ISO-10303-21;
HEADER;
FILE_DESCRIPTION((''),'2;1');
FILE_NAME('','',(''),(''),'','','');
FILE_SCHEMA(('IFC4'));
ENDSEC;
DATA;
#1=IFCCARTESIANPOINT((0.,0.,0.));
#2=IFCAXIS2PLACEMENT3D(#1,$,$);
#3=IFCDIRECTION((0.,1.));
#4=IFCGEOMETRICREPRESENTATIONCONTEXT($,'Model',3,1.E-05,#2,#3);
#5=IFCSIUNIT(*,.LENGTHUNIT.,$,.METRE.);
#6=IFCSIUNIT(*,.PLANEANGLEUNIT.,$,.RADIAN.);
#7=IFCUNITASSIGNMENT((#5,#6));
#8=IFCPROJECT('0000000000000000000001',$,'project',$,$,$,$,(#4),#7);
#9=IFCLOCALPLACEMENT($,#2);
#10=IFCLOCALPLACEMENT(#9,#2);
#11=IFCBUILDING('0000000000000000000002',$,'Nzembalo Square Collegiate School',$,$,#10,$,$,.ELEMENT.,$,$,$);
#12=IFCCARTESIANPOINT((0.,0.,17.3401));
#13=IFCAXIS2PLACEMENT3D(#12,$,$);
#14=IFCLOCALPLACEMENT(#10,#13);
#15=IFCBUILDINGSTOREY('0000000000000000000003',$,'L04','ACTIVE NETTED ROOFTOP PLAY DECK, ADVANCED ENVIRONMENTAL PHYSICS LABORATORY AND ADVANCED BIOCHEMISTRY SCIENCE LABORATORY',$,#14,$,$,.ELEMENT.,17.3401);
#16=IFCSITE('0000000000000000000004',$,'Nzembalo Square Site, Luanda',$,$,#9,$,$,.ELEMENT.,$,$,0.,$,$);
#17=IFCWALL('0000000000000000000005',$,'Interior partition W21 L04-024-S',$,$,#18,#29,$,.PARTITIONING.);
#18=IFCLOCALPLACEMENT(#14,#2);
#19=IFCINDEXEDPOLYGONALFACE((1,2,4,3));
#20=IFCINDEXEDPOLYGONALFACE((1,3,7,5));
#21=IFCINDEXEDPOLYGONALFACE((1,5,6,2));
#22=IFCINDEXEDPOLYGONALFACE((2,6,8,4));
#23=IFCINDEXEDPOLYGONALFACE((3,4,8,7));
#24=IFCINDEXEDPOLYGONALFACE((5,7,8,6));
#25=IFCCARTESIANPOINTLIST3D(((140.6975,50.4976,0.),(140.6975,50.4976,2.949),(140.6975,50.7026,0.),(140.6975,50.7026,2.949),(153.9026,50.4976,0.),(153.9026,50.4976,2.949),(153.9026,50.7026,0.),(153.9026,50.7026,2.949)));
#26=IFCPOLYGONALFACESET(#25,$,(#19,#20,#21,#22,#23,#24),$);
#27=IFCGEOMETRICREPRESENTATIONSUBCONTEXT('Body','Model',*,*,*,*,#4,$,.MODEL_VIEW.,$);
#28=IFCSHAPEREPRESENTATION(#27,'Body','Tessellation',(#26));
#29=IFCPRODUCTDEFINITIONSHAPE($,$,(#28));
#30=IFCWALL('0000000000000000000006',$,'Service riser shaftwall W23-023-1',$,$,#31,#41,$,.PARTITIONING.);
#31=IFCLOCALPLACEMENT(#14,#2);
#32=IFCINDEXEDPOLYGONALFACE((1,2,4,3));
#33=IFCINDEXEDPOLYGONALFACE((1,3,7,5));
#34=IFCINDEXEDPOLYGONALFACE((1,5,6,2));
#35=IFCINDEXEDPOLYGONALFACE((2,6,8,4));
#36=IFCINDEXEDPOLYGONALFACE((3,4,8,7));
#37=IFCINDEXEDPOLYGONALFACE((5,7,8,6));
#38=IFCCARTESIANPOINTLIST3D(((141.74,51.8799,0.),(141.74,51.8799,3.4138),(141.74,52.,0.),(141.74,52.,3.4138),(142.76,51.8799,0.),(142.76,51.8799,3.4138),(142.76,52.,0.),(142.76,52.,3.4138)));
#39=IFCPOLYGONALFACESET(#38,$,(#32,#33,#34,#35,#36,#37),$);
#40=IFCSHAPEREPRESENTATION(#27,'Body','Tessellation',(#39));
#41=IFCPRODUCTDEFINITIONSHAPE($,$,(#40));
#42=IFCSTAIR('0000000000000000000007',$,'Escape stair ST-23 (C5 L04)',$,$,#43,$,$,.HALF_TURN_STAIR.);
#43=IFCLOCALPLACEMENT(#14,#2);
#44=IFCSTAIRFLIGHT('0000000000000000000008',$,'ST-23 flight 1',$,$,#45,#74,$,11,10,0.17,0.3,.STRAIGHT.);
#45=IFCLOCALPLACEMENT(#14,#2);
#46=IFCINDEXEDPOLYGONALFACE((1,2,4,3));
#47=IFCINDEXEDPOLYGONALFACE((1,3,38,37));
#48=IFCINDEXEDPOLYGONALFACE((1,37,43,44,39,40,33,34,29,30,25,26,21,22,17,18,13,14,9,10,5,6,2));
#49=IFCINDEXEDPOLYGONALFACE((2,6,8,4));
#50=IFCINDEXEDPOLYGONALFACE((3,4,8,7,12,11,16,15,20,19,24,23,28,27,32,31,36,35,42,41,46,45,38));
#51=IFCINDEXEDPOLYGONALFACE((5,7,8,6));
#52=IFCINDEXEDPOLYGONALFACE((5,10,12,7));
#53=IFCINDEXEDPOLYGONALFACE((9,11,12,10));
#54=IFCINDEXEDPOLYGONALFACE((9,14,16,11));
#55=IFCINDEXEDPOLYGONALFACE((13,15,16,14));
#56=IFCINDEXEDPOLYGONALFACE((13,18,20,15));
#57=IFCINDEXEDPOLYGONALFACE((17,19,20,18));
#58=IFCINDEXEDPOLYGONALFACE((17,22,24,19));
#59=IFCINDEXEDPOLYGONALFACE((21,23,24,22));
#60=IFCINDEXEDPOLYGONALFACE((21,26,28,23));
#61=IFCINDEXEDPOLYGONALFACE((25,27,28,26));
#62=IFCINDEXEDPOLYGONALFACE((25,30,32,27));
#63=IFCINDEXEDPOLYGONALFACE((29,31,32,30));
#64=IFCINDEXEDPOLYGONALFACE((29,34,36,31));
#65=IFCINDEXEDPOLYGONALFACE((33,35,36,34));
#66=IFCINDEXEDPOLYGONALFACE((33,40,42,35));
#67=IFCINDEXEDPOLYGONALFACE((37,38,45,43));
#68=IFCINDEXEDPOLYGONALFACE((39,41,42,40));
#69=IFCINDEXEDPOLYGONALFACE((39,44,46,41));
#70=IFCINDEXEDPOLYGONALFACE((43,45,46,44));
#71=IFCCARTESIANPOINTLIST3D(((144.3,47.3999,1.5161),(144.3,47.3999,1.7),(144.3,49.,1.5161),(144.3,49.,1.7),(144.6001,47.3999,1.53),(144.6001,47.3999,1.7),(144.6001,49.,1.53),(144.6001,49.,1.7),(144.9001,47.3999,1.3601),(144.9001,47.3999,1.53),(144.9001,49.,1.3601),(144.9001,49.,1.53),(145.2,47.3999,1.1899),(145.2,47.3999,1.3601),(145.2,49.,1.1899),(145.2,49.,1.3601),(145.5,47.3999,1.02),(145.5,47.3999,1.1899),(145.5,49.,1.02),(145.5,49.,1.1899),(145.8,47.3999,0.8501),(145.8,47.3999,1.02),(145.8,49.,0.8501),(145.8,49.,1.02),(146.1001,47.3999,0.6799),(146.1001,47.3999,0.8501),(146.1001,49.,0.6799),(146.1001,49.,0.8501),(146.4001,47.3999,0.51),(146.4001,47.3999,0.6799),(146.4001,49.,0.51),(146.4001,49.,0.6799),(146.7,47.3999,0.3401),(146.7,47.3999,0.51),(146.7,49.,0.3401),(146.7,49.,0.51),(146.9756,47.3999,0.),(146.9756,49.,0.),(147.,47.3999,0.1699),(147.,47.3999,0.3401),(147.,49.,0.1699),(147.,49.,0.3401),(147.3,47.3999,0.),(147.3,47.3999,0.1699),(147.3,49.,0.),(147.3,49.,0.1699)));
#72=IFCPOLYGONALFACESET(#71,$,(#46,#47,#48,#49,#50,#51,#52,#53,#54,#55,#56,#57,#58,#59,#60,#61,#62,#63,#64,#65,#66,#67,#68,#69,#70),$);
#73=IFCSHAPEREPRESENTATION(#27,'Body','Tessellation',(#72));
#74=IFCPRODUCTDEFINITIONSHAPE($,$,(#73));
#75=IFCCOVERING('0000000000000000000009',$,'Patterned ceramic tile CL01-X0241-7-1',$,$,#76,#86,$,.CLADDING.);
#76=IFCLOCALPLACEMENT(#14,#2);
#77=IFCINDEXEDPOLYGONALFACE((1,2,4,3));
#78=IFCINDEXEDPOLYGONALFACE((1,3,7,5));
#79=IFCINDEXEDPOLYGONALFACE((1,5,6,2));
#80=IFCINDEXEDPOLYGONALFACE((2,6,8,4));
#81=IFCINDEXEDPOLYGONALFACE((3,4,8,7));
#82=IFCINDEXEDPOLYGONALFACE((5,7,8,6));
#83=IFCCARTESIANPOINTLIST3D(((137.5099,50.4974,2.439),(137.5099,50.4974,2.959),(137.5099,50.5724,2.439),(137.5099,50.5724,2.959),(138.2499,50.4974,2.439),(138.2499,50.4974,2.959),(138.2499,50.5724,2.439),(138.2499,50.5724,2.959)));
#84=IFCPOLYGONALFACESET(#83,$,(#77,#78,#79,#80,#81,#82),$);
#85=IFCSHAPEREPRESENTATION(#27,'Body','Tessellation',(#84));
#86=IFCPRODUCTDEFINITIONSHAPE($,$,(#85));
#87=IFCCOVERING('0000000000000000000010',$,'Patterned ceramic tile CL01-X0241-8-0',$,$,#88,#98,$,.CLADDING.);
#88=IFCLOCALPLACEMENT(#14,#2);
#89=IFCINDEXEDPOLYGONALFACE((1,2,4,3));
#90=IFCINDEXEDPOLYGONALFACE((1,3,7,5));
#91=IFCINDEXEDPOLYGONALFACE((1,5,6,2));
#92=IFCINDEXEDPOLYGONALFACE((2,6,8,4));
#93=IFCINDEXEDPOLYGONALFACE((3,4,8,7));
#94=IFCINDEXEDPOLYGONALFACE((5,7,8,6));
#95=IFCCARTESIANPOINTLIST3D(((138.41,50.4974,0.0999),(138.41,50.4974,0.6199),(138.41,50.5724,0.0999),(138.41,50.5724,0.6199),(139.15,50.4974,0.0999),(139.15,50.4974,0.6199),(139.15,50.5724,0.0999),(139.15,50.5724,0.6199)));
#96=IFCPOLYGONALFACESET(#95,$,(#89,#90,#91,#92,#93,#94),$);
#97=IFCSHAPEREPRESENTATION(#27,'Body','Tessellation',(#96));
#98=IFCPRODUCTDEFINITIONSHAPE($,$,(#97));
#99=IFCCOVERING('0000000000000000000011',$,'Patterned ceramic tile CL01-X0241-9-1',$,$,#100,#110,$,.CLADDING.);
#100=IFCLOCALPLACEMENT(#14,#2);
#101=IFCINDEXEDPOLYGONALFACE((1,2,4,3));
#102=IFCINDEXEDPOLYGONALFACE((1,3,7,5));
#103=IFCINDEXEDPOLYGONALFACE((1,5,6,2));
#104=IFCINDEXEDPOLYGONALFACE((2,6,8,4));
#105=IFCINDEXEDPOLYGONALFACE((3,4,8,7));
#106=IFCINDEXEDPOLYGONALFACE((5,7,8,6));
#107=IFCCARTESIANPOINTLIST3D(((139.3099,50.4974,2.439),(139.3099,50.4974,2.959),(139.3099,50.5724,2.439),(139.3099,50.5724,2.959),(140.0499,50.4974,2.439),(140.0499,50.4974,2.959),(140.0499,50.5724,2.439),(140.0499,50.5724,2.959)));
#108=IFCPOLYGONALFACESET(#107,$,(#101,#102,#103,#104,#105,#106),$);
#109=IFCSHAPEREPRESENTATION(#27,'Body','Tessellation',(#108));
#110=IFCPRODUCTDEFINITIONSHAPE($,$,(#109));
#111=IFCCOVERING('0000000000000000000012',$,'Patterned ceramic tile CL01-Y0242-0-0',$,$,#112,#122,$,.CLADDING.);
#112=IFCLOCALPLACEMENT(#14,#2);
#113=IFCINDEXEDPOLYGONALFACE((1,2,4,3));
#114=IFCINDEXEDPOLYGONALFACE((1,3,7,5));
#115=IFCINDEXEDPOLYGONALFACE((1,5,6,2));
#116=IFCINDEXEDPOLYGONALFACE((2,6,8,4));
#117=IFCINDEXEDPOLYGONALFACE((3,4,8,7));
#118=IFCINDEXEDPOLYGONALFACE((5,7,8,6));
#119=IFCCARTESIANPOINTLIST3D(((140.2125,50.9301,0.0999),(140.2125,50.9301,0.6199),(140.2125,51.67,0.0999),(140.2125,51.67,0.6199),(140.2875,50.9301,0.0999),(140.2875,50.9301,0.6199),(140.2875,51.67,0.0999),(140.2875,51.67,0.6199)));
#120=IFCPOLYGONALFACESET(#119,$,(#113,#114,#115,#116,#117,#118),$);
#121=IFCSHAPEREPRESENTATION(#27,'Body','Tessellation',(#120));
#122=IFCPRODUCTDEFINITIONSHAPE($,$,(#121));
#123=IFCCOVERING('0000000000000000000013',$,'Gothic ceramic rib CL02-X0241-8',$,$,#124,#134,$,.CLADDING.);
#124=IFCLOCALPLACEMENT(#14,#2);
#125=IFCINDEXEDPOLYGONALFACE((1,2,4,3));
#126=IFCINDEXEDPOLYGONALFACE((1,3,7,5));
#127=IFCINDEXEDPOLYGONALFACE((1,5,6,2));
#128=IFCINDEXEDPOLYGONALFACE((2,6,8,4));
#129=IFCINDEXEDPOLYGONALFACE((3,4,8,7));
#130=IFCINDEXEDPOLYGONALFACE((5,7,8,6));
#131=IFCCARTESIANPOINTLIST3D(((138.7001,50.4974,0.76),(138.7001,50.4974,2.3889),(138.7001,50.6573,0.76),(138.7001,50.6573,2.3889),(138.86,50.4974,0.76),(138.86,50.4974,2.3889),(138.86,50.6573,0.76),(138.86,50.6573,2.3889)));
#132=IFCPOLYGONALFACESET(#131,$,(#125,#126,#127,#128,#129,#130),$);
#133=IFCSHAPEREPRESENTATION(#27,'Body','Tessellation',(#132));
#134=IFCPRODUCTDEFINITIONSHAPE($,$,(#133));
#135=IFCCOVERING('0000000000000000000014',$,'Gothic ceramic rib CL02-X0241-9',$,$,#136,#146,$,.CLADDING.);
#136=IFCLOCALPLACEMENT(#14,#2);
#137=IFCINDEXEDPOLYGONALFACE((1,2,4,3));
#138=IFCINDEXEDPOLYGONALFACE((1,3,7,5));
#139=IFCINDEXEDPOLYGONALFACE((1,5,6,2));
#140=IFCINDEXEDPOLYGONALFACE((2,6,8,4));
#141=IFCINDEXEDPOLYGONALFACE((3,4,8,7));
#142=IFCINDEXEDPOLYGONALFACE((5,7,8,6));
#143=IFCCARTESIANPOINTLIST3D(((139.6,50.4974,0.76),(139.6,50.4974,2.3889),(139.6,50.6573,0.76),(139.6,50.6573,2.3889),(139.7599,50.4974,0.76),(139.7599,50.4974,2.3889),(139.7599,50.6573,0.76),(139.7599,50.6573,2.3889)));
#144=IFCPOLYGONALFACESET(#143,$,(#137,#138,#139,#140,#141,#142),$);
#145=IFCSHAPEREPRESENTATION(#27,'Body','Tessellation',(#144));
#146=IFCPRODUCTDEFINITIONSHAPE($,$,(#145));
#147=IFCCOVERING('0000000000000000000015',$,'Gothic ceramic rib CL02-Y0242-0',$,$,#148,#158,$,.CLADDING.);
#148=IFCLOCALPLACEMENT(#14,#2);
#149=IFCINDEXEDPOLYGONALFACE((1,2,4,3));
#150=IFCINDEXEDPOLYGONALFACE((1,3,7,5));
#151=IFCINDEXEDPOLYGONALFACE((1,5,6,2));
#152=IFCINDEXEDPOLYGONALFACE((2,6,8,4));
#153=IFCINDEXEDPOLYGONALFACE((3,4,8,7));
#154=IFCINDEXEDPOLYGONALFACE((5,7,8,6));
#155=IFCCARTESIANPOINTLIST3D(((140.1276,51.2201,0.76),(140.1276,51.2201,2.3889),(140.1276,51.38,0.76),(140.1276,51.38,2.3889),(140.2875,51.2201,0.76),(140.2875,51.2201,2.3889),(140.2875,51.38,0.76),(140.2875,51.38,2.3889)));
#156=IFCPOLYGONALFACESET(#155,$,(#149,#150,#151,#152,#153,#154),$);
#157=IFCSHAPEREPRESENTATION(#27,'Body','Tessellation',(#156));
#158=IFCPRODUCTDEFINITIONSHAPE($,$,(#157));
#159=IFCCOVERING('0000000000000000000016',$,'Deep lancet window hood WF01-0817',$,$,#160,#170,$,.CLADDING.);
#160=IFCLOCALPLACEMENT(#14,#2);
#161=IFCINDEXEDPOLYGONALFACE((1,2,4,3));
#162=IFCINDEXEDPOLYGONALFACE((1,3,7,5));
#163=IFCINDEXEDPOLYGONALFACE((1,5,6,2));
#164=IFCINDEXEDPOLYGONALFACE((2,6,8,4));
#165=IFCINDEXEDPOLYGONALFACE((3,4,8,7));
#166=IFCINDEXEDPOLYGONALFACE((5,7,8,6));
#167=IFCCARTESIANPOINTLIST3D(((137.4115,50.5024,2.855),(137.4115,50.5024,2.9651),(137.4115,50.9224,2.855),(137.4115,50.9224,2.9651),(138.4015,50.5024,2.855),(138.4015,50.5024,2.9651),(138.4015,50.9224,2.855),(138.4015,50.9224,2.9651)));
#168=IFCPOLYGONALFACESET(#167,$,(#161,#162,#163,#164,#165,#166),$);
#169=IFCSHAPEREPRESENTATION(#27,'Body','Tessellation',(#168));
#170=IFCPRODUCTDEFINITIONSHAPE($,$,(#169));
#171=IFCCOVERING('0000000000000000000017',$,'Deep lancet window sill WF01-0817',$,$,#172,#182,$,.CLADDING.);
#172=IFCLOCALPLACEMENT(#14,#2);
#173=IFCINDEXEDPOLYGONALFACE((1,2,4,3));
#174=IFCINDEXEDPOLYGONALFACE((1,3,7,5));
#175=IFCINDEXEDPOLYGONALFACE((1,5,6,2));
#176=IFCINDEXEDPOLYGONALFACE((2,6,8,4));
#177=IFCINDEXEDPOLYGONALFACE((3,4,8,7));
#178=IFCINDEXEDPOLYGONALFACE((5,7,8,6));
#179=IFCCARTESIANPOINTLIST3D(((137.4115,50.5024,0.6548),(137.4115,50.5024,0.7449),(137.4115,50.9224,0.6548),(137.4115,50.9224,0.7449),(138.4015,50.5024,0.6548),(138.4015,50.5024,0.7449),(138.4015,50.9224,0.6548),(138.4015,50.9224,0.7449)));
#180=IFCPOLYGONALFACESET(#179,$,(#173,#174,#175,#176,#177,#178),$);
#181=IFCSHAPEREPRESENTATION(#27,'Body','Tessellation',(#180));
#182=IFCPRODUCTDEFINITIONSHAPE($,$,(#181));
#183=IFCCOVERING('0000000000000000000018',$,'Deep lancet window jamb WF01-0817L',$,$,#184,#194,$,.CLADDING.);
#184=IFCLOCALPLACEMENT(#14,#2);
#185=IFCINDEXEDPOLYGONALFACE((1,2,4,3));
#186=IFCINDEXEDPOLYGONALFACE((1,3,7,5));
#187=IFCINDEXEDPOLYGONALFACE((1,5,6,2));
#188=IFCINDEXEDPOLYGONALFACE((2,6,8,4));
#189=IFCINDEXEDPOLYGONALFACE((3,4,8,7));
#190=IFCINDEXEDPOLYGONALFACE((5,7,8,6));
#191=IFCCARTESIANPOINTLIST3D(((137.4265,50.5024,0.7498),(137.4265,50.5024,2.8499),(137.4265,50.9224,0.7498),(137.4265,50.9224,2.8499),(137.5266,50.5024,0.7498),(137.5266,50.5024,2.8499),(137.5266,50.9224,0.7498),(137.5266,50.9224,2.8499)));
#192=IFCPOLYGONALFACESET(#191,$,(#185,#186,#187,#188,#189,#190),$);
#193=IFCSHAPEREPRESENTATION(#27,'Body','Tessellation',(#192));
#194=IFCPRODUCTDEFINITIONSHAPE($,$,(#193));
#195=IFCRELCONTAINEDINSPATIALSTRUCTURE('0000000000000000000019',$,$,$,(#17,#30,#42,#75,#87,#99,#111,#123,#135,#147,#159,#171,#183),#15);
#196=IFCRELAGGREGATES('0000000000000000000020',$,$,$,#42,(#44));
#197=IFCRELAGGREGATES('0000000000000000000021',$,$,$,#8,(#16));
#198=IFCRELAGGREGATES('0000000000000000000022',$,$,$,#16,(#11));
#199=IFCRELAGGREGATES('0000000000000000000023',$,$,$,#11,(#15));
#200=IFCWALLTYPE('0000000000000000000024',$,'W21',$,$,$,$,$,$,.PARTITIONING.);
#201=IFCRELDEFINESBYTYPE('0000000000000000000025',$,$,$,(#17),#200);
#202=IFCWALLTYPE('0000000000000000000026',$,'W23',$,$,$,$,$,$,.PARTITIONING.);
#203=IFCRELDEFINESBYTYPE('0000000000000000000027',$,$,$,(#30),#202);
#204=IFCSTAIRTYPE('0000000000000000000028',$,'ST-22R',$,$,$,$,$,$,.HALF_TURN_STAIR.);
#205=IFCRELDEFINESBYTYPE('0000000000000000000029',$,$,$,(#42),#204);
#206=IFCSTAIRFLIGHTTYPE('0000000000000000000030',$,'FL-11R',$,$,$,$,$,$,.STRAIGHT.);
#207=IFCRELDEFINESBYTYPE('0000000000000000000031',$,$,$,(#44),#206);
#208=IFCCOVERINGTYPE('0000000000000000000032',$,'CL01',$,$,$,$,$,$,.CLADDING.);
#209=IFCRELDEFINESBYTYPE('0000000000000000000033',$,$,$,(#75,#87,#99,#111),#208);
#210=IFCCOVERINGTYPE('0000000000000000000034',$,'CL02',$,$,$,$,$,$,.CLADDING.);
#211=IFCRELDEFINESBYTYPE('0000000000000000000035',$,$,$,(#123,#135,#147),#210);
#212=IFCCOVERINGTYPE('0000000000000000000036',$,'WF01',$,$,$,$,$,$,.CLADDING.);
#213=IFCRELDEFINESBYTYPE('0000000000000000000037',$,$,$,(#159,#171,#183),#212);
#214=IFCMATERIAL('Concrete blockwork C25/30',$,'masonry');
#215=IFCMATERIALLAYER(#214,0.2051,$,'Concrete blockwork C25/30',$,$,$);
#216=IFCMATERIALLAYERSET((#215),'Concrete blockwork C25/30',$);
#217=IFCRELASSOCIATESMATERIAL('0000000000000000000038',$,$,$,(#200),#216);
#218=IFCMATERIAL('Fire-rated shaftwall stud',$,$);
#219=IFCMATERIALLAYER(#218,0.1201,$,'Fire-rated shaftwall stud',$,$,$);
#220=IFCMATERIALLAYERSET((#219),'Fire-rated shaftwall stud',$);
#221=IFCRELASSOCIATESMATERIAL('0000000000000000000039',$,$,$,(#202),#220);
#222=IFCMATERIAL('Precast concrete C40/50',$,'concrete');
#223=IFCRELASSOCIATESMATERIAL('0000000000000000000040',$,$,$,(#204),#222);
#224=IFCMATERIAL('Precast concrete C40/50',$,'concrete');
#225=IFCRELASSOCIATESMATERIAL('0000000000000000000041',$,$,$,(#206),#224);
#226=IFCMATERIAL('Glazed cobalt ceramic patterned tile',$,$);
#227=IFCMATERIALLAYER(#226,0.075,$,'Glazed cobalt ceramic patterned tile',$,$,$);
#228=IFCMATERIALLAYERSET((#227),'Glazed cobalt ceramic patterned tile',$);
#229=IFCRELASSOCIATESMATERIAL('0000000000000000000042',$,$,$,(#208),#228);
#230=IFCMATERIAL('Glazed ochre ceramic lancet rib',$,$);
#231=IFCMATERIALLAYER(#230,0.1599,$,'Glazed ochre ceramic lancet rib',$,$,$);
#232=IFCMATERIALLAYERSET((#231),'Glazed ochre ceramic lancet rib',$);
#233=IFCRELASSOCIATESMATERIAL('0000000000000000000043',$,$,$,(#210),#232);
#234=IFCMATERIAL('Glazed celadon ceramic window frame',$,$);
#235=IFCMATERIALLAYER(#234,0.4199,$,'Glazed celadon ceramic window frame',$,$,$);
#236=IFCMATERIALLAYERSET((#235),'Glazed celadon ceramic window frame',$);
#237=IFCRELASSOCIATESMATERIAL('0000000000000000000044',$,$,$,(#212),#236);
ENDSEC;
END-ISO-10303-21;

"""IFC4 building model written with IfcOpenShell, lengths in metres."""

from ifc_helpers import new_model, si_unit, direction, frame, frame_2d, origin, origin_2d, place, context, subcontext, project, spatial, polyline, rectangle, outline, extrude, material, layer, layer_set, type_object, element, aggregate, save


model = new_model("IFC4")

# Units and contexts
model_context = context("Model", 3, precision=1e-05, world=origin(), true_north=direction((0.0, 1.0)))
body_context = subcontext(model_context, "Body", "Model", "MODEL_VIEW")
ifc_project = project(units=[si_unit("LENGTHUNIT", "METRE"), si_unit("PLANEANGLEUNIT", "RADIAN")], contexts=[model_context])

# Site, building, storey
site_placement = place(None, origin())
site = spatial("IfcSite", under=ifc_project, at=site_placement, Name="Nzembalo Square Site, Luanda", CompositionType="ELEMENT", RefElevation=0.0)
building_placement = place(site_placement, origin())
building = spatial("IfcBuilding", under=site, at=building_placement, Name="Nzembalo Square Collegiate School", CompositionType="ELEMENT")
storey_placement = place(building_placement, frame((0.0, 0.0, 17.3401)))
storey = spatial("IfcBuildingStorey", under=building, at=storey_placement, Name="L04", Description="ACTIVE NETTED ROOFTOP PLAY DECK, ADVANCED ENVIRONMENTAL PHYSICS LABORATORY AND ADVANCED BIOCHEMISTRY SCIENCE LABORATORY", CompositionType="ELEMENT", Elevation=17.3401)

# Walls
ifc_material_1 = material(Name="Concrete blockwork C25/30", Category="masonry")
ifc_layer_1 = layer(ifc_material_1, 0.2051, Name="Concrete blockwork C25/30")
ifc_layer_set_1 = layer_set([ifc_layer_1], Name="Concrete blockwork C25/30")
wall_type_1 = type_object("IfcWallType", Name="W21", PredefinedType="PARTITIONING", material=ifc_layer_set_1)
wall_1_placement = place(storey_placement, frame((140.6975, 50.6001, 0.0), z_axis=(0.0, 0.0, 1.0), x_axis=(1.0, 0.0, 0.0)))
element("IfcWall", 1, at=wall_1_placement, inside=storey, type_object=wall_type_1, Name="Interior partition W21 L04-024-S", PredefinedType="PARTITIONING", context=body_context, shape_type="SweptSolid", body=[
    extrude(rectangle(XDim=13.2051, YDim=0.2051, at=frame_2d((6.6025, 0.0))), origin(), (0.0, 0.0, 1.0), 2.949),
])
ifc_material_2 = material(Name="Fire-rated shaftwall stud")
ifc_layer_2 = layer(ifc_material_2, 0.1201, Name="Fire-rated shaftwall stud")
ifc_layer_set_2 = layer_set([ifc_layer_2], Name="Fire-rated shaftwall stud")
wall_type_2 = type_object("IfcWallType", Name="W23", PredefinedType="PARTITIONING", material=ifc_layer_set_2)
wall_2_placement = place(storey_placement, frame((141.74, 51.9399, 0.0), z_axis=(0.0, 0.0, 1.0), x_axis=(1.0, 0.0, 0.0)))
element("IfcWall", 2, at=wall_2_placement, inside=storey, type_object=wall_type_2, Name="Service riser shaftwall W23-023-1", PredefinedType="PARTITIONING", context=body_context, shape_type="SweptSolid", body=[
    extrude(rectangle(XDim=1.02, YDim=0.1201, at=frame_2d((0.51, 0.0))), origin(), (0.0, 0.0, 1.0), 3.4138),
])

# Stair, stair flight
ifc_material_3 = material(Name="Precast concrete C40/50", Category="concrete")
stair_type = type_object("IfcStairType", Name="ST-22R", PredefinedType="HALF_TURN_STAIR", material=ifc_material_3)
stair_placement = place(storey_placement, origin())
stair = element("IfcStair", 3, at=stair_placement, inside=storey, type_object=stair_type, Name="Escape stair ST-23 (C5 L04)", PredefinedType="HALF_TURN_STAIR")
ifc_material_4 = material(Name="Precast concrete C40/50", Category="concrete")
stair_flight_type = type_object("IfcStairFlightType", Name="FL-11R", PredefinedType="STRAIGHT", material=ifc_material_4)
stair_flight_placement = place(storey_placement, frame((147.3, 48.2, 0.0), z_axis=(0.0, 0.0, 1.0), x_axis=(-1.0, 0.0, 0.0)))
stair_flight = element("IfcStairFlight", 4, at=stair_flight_placement, type_object=stair_flight_type, Name="ST-23 flight 1", NumberOfRisers=11, NumberOfTreads=10, PredefinedType="STRAIGHT", RiserHeight=0.17, TreadLength=0.3, context=body_context, shape_type="SweptSolid", body=[
    extrude(outline(polyline([(0.0, 0.0), (0.0, 0.1699), (0.3, 0.1699), (0.3, 0.3401), (0.6001, 0.3401), (0.6001, 0.51), (0.8999, 0.51), (0.8999, 0.6799), (1.2, 0.6799), (1.2, 0.8501), (1.5, 0.8501), (1.5, 1.02), (1.8, 1.02), (1.8, 1.1899), (2.1001, 1.1899), (2.1001, 1.3601), (2.3999, 1.3601), (2.3999, 1.53), (2.7, 1.53), (2.7, 1.7), (3.0, 1.7), (3.0, 1.8701), (3.0, 1.5161), (0.3245, 0.0), (0.0, 0.0)])), frame((0.0, 0.8, 0.0), z_axis=(0.0, -1.0, 0.0), x_axis=(1.0, 0.0, 0.0)), (0.0, 0.0, 1.0), 1.6001),
])
aggregate(stair, [stair_flight])

# Coverings
ifc_material_5 = material(Name="Glazed cobalt ceramic patterned tile")
ifc_layer_3 = layer(ifc_material_5, 0.075, Name="Glazed cobalt ceramic patterned tile")
ifc_layer_set_3 = layer_set([ifc_layer_3], Name="Glazed cobalt ceramic patterned tile")
covering_type_1 = type_object("IfcCoveringType", Name="CL01", PredefinedType="CLADDING", material=ifc_layer_set_3)
for number, where, z_axis, x_axis, name in (
    (5, (137.8799, 50.5349, 2.439), (0.0, 0.0, 1.0), (1.0, 0.0, 0.0), "Patterned ceramic tile CL01-X0241-7-1"),
    (6, (138.78, 50.5349, 0.0999), (0.0, 0.0, 1.0), (1.0, 0.0, 0.0), "Patterned ceramic tile CL01-X0241-8-0"),
    (7, (139.6799, 50.5349, 2.439), (0.0, 0.0, 1.0), (1.0, 0.0, 0.0), "Patterned ceramic tile CL01-X0241-9-1"),
):
    element("IfcCovering", number, at=place(storey_placement, frame(where, z_axis=z_axis, x_axis=x_axis)), inside=storey, type_object=covering_type_1, Name=name, PredefinedType="CLADDING", context=body_context, shape_type="SweptSolid", body=[
        extrude(rectangle(XDim=0.74, YDim=0.075, at=origin_2d()), origin(), (0.0, 0.0, 1.0), 0.52),
    ])
covering_1_placement = place(storey_placement, frame((140.25, 51.3, 0.0999), z_axis=(0.0, 0.0, 1.0), x_axis=(1.0, 0.0, 0.0)))
element("IfcCovering", 8, at=covering_1_placement, inside=storey, type_object=covering_type_1, Name="Patterned ceramic tile CL01-Y0242-0-0", PredefinedType="CLADDING", context=body_context, shape_type="SweptSolid", body=[
    extrude(rectangle(XDim=0.075, YDim=0.74, at=origin_2d()), origin(), (0.0, 0.0, 1.0), 0.52),
])
ifc_material_6 = material(Name="Glazed ochre ceramic lancet rib")
ifc_layer_4 = layer(ifc_material_6, 0.1599, Name="Glazed ochre ceramic lancet rib")
ifc_layer_set_4 = layer_set([ifc_layer_4], Name="Glazed ochre ceramic lancet rib")
covering_type_2 = type_object("IfcCoveringType", Name="CL02", PredefinedType="CLADDING", material=ifc_layer_set_4)
for number, where, z_axis, x_axis, name in (
    (9, (138.78, 50.5774, 0.76), (0.0, 0.0, 1.0), (1.0, 0.0, 0.0), "Gothic ceramic rib CL02-X0241-8"),
    (10, (139.6799, 50.5774, 0.76), (0.0, 0.0, 1.0), (1.0, 0.0, 0.0), "Gothic ceramic rib CL02-X0241-9"),
    (11, (140.2075, 51.3, 0.76), (0.0, 0.0, 1.0), (1.0, 0.0, 0.0), "Gothic ceramic rib CL02-Y0242-0"),
):
    element("IfcCovering", number, at=place(storey_placement, frame(where, z_axis=z_axis, x_axis=x_axis)), inside=storey, type_object=covering_type_2, Name=name, PredefinedType="CLADDING", context=body_context, shape_type="SweptSolid", body=[
        extrude(rectangle(XDim=0.1599, YDim=0.1599, at=origin_2d()), origin(), (0.0, 0.0, 1.0), 1.6289),
    ])
ifc_material_7 = material(Name="Glazed celadon ceramic window frame")
ifc_layer_5 = layer(ifc_material_7, 0.4199, Name="Glazed celadon ceramic window frame")
ifc_layer_set_5 = layer_set([ifc_layer_5], Name="Glazed celadon ceramic window frame")
covering_type_3 = type_object("IfcCoveringType", Name="WF01", PredefinedType="CLADDING", material=ifc_layer_set_5)
covering_2_placement = place(storey_placement, frame((137.9065, 50.7124, 2.855), z_axis=(0.0, 0.0, 1.0), x_axis=(1.0, 0.0, 0.0)))
element("IfcCovering", 12, at=covering_2_placement, inside=storey, type_object=covering_type_3, Name="Deep lancet window hood WF01-0817", PredefinedType="CLADDING", context=body_context, shape_type="SweptSolid", body=[
    extrude(rectangle(XDim=0.99, YDim=0.4199, at=origin_2d()), origin(), (0.0, 0.0, 1.0), 0.1101),
])
covering_3_placement = place(storey_placement, frame((137.9065, 50.7124, 0.6548), z_axis=(0.0, 0.0, 1.0), x_axis=(1.0, 0.0, 0.0)))
element("IfcCovering", 13, at=covering_3_placement, inside=storey, type_object=covering_type_3, Name="Deep lancet window sill WF01-0817", PredefinedType="CLADDING", context=body_context, shape_type="SweptSolid", body=[
    extrude(rectangle(XDim=0.99, YDim=0.4199, at=origin_2d()), origin(), (0.0, 0.0, 1.0), 0.0901),
])
for number, where, z_axis, x_axis, name in (
    (14, (137.4766, 50.7124, 0.7498), (0.0, 0.0, 1.0), (1.0, 0.0, 0.0), "Deep lancet window jamb WF01-0817L"),
):
    element("IfcCovering", number, at=place(storey_placement, frame(where, z_axis=z_axis, x_axis=x_axis)), inside=storey, type_object=covering_type_3, Name=name, PredefinedType="CLADDING", context=body_context, shape_type="SweptSolid", body=[
        extrude(rectangle(XDim=0.1001, YDim=0.4199, at=origin_2d()), origin(), (0.0, 0.0, 1.0), 2.1001),
    ])

save(model, "model.ifc")
